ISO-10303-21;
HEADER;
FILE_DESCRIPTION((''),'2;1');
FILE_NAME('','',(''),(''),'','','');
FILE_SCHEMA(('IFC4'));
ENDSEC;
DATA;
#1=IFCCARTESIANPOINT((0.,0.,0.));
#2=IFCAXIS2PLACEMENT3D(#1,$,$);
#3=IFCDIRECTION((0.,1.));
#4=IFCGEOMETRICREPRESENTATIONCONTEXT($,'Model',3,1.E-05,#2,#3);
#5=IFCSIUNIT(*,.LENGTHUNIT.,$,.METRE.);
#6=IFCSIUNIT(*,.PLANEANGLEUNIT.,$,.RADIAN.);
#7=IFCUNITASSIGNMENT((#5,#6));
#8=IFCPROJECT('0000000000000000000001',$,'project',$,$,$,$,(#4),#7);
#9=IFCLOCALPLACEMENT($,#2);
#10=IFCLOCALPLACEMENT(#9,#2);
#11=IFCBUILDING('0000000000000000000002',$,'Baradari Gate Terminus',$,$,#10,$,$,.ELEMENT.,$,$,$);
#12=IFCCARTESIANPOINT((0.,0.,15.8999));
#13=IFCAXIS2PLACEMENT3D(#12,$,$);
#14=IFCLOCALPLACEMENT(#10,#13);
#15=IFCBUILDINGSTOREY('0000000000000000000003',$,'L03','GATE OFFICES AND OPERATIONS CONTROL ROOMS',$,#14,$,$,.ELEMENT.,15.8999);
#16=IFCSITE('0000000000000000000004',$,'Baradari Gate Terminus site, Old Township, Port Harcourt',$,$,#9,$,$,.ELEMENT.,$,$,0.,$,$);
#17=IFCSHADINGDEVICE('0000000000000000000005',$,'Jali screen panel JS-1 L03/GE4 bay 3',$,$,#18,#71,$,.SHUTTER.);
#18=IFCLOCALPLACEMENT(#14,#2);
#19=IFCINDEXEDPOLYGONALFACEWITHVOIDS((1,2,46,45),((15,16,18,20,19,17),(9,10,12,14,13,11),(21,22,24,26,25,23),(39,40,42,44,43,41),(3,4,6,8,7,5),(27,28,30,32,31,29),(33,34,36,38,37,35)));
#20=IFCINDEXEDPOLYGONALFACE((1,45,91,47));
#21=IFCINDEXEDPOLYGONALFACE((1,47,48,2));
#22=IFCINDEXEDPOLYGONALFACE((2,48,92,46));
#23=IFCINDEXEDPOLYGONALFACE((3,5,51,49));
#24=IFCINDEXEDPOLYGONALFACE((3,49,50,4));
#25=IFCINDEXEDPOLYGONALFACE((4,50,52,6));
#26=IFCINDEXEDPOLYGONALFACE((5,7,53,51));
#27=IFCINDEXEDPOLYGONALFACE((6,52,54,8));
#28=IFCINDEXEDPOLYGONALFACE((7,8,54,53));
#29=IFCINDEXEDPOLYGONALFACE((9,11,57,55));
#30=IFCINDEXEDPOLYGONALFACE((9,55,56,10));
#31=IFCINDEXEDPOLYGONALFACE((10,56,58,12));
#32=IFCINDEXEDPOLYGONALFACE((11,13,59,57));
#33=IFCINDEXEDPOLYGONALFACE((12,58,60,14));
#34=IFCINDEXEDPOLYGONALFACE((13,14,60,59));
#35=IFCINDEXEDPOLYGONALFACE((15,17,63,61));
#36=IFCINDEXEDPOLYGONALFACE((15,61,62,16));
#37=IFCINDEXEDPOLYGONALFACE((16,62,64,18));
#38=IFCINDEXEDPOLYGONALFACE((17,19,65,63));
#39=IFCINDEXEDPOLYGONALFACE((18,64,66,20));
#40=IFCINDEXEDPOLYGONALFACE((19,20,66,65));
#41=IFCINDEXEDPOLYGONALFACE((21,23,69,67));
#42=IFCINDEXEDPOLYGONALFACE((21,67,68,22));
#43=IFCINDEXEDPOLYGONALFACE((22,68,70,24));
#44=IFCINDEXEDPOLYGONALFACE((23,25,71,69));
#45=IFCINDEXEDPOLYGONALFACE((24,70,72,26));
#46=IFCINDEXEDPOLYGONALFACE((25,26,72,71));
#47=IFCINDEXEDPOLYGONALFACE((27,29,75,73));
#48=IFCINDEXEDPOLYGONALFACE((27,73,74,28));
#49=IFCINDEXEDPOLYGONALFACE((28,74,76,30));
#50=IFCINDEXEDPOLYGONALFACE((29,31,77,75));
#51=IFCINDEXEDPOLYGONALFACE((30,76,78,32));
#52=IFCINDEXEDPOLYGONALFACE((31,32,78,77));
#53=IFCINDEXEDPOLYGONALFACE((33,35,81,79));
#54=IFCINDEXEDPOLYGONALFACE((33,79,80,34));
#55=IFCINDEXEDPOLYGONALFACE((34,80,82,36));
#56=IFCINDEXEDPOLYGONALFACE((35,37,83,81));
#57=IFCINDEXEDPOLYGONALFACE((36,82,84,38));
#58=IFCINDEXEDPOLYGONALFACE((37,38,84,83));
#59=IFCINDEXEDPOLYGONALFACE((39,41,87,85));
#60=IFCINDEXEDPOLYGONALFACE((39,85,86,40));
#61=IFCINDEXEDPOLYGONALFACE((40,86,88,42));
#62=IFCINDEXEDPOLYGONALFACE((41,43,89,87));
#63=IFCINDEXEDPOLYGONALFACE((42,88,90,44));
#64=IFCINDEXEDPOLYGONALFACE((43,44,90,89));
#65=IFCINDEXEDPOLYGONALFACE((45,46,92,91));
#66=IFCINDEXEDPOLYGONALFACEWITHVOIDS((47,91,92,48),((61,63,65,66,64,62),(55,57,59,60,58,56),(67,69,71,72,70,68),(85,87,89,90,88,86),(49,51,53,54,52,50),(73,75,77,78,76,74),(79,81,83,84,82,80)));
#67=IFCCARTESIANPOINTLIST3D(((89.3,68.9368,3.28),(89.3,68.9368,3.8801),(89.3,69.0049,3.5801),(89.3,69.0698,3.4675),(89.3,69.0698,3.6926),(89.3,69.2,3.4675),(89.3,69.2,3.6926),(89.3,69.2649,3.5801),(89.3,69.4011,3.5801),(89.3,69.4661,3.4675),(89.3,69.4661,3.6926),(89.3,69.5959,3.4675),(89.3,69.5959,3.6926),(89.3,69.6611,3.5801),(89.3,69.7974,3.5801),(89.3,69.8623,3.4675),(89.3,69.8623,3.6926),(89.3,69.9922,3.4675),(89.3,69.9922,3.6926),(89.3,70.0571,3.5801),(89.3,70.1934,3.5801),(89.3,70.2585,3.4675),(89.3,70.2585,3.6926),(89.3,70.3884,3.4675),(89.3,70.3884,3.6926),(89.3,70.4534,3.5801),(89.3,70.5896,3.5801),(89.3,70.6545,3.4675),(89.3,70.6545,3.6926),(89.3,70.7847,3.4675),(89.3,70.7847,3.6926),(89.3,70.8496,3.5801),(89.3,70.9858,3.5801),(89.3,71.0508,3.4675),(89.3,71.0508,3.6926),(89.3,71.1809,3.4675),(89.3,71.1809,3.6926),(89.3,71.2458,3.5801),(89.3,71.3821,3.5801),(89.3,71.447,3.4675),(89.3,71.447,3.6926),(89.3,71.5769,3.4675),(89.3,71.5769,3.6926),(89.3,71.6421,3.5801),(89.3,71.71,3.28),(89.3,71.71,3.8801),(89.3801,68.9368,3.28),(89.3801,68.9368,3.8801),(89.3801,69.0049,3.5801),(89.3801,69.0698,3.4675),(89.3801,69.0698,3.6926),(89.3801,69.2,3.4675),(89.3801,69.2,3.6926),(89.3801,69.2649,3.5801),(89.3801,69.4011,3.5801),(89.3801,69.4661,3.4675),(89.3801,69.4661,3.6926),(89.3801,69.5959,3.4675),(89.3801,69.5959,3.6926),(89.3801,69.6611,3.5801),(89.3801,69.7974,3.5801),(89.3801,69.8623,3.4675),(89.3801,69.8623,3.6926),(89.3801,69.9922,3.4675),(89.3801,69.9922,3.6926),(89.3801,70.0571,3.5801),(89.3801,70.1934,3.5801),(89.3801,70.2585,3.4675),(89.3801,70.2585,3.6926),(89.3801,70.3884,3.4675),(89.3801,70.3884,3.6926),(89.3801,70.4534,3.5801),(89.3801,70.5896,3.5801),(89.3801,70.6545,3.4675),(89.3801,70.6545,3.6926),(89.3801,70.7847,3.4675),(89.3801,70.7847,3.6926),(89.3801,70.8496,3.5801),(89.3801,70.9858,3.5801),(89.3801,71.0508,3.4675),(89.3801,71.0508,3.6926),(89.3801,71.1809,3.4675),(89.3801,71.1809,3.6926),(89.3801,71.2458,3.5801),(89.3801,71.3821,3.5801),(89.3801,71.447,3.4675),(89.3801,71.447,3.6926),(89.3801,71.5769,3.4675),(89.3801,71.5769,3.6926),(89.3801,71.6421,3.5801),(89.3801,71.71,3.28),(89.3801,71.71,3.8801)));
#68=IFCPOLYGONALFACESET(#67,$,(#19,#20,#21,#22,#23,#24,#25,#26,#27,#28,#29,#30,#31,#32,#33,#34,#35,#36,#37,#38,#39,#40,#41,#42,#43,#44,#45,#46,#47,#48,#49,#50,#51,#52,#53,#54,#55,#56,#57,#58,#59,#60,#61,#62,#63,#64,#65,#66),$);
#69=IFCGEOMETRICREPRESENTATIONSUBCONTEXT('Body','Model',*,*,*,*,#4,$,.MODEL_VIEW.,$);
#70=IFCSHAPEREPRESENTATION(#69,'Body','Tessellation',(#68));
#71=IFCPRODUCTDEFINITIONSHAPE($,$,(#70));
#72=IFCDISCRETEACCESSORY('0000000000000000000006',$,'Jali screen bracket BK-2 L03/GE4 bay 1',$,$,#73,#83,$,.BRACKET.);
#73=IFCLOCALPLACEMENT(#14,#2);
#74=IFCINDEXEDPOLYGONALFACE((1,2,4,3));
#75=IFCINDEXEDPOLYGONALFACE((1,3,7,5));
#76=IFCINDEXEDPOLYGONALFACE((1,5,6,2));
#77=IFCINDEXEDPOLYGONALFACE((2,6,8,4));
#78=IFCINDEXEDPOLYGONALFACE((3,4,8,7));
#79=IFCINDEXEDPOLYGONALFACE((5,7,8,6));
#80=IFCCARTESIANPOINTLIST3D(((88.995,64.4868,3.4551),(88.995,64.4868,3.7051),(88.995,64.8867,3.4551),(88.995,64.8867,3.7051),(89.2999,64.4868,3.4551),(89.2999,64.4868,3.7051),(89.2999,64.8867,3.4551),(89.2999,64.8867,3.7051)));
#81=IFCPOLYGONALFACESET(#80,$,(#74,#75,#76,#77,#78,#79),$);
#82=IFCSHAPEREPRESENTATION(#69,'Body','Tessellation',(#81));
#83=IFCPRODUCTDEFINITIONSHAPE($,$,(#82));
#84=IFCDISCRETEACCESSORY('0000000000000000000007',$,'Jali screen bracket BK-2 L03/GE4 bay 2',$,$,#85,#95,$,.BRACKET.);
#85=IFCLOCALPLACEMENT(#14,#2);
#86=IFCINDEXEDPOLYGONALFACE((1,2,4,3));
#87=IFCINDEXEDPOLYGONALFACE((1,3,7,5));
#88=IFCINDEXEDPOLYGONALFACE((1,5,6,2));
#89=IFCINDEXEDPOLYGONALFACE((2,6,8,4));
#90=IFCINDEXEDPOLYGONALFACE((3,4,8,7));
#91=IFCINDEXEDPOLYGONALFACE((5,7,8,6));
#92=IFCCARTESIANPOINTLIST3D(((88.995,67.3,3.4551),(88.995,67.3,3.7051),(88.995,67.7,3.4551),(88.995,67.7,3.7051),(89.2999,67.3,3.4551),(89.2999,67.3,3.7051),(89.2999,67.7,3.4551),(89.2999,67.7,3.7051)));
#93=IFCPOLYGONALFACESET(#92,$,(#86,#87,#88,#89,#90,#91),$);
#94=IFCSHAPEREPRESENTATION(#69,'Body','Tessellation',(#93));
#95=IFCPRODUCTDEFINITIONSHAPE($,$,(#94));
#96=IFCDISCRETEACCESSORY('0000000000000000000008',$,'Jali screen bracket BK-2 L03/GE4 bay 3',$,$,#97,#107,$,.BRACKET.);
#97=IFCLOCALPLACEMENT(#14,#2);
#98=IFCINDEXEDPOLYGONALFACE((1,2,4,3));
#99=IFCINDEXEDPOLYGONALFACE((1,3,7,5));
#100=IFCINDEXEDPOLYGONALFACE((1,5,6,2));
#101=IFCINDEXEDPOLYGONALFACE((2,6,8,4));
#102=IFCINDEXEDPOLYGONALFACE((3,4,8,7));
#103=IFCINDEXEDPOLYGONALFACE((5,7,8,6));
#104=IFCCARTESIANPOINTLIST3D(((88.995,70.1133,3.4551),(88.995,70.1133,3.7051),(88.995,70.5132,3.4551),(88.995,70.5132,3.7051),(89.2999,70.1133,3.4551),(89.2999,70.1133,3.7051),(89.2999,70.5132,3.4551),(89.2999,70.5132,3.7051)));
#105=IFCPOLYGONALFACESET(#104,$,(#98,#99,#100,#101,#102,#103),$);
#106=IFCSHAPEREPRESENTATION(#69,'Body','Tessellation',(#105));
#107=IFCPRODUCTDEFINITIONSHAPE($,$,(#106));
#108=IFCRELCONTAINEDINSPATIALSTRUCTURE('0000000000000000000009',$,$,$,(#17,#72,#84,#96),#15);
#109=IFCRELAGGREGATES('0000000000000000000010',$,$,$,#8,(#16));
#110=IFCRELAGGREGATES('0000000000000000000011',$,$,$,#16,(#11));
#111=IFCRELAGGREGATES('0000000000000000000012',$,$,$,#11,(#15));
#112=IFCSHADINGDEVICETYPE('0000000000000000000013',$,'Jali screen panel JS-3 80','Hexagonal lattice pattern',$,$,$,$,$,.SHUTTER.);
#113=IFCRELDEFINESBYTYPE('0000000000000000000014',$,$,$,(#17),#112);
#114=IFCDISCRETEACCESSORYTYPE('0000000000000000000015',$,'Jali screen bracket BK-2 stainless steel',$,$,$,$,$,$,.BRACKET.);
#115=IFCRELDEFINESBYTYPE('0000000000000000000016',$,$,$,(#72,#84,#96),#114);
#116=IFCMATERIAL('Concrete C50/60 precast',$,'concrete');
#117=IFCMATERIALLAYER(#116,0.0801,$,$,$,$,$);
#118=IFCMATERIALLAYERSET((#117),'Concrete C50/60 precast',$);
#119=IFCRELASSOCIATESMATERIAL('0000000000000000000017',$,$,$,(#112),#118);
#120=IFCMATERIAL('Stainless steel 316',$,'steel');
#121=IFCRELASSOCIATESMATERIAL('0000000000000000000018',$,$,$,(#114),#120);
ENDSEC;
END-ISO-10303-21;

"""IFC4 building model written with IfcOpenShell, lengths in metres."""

from ifc_helpers import new_model, si_unit, direction, frame, origin, origin_2d, place, context, subcontext, project, spatial, polyline, rectangle, outline, extrude, material, layer, layer_set, type_object, element, save


model = new_model("IFC4")

# Units and contexts
model_context = context("Model", 3, precision=1e-05, world=origin(), true_north=direction((0.0, 1.0)))
body_context = subcontext(model_context, "Body", "Model", "MODEL_VIEW")
ifc_project = project(units=[si_unit("LENGTHUNIT", "METRE"), si_unit("PLANEANGLEUNIT", "RADIAN")], contexts=[model_context])

# Site, building, storey
site_placement = place(None, origin())
site = spatial("IfcSite", under=ifc_project, at=site_placement, Name="Baradari Gate Terminus site, Old Township, Port Harcourt", CompositionType="ELEMENT", RefElevation=0.0)
building_placement = place(site_placement, origin())
building = spatial("IfcBuilding", under=site, at=building_placement, Name="Baradari Gate Terminus", CompositionType="ELEMENT")
storey_placement = place(building_placement, frame((0.0, 0.0, 15.8999)))
storey = spatial("IfcBuildingStorey", under=building, at=storey_placement, Name="L03", Description="GATE OFFICES AND OPERATIONS CONTROL ROOMS", CompositionType="ELEMENT", Elevation=15.8999)

# Shading device
ifc_material_1 = material(Name="Concrete C50/60 precast", Category="concrete")
ifc_layer_1 = layer(ifc_material_1, 0.0801)
ifc_layer_set_1 = layer_set([ifc_layer_1], Name="Concrete C50/60 precast")
shading_device_type = type_object("IfcShadingDeviceType", Name="Jali screen panel JS-3 80", Description="Hexagonal lattice pattern", PredefinedType="SHUTTER", material=ifc_layer_set_1)
shading_device_1_placement = place(storey_placement, frame((89.3401, 68.9368, 3.28), z_axis=(0.0, 0.0, 1.0), x_axis=(0.0, 1.0, 0.0)))
element("IfcShadingDevice", 1, at=shading_device_1_placement, inside=storey, type_object=shading_device_type, Name="Jali screen panel JS-1 L03/GE4 bay 3", PredefinedType="SHUTTER", context=body_context, shape_type="SweptSolid", body=[
    extrude(outline(polyline([(0.0, 0.0), (2.7732, 0.0), (2.7732, 0.6001), (0.0, 0.6001), (0.0, 0.0)]), holes=[polyline([(0.3281, 0.3), (0.2632, 0.1875), (0.1331, 0.1875), (0.0681, 0.3), (0.1331, 0.4126), (0.2632, 0.4126), (0.3281, 0.3)]), polyline([(0.7244, 0.3), (0.6592, 0.1875), (0.5293, 0.1875), (0.4644, 0.3), (0.5293, 0.4126), (0.6592, 0.4126), (0.7244, 0.3)]), polyline([(1.1204, 0.3), (1.0554, 0.1875), (0.9255, 0.1875), (0.8606, 0.3), (0.9255, 0.4126), (1.0554, 0.4126), (1.1204, 0.3)]), polyline([(1.5166, 0.3), (1.4517, 0.1875), (1.3218, 0.1875), (1.2566, 0.3), (1.3218, 0.4126), (1.4517, 0.4126), (1.5166, 0.3)]), polyline([(1.9128, 0.3), (1.8479, 0.1875), (1.7178, 0.1875), (1.6528, 0.3), (1.7178, 0.4126), (1.8479, 0.4126), (1.9128, 0.3)]), polyline([(2.3091, 0.3), (2.2441, 0.1875), (2.114, 0.1875), (2.0491, 0.3), (2.114, 0.4126), (2.2441, 0.4126), (2.3091, 0.3)]), polyline([(2.7053, 0.3), (2.6401, 0.1875), (2.5103, 0.1875), (2.4453, 0.3), (2.5103, 0.4126), (2.6401, 0.4126), (2.7053, 0.3)])]), frame((0.0, 0.04, 0.0), z_axis=(0.0, -1.0, 0.0), x_axis=(1.0, 0.0, 0.0)), (0.0, 0.0, 1.0), 0.0801),
])

# Discrete accessories
ifc_material_2 = material(Name="Stainless steel 316", Category="steel")
discrete_accessory_type = type_object("IfcDiscreteAccessoryType", Name="Jali screen bracket BK-2 stainless steel", PredefinedType="BRACKET", material=ifc_material_2)
for number, where, z_axis, x_axis, name in (
    (2, (89.1475, 64.6868, 3.4551), (0.0, 0.0, 1.0), (1.0, 0.0, 0.0), "Jali screen bracket BK-2 L03/GE4 bay 1"),
    (3, (89.1475, 67.5, 3.4551), (0.0, 0.0, 1.0), (1.0, 0.0, 0.0), "Jali screen bracket BK-2 L03/GE4 bay 2"),
    (4, (89.1475, 70.3132, 3.4551), (0.0, 0.0, 1.0), (1.0, 0.0, 0.0), "Jali screen bracket BK-2 L03/GE4 bay 3"),
):
    element("IfcDiscreteAccessory", number, at=place(storey_placement, frame(where, z_axis=z_axis, x_axis=x_axis)), inside=storey, type_object=discrete_accessory_type, Name=name, PredefinedType="BRACKET", context=body_context, shape_type="SweptSolid", body=[
        extrude(rectangle(XDim=0.3049, YDim=0.3999, at=origin_2d()), origin(), (0.0, 0.0, 1.0), 0.25),
    ])

save(model, "model.ifc")
